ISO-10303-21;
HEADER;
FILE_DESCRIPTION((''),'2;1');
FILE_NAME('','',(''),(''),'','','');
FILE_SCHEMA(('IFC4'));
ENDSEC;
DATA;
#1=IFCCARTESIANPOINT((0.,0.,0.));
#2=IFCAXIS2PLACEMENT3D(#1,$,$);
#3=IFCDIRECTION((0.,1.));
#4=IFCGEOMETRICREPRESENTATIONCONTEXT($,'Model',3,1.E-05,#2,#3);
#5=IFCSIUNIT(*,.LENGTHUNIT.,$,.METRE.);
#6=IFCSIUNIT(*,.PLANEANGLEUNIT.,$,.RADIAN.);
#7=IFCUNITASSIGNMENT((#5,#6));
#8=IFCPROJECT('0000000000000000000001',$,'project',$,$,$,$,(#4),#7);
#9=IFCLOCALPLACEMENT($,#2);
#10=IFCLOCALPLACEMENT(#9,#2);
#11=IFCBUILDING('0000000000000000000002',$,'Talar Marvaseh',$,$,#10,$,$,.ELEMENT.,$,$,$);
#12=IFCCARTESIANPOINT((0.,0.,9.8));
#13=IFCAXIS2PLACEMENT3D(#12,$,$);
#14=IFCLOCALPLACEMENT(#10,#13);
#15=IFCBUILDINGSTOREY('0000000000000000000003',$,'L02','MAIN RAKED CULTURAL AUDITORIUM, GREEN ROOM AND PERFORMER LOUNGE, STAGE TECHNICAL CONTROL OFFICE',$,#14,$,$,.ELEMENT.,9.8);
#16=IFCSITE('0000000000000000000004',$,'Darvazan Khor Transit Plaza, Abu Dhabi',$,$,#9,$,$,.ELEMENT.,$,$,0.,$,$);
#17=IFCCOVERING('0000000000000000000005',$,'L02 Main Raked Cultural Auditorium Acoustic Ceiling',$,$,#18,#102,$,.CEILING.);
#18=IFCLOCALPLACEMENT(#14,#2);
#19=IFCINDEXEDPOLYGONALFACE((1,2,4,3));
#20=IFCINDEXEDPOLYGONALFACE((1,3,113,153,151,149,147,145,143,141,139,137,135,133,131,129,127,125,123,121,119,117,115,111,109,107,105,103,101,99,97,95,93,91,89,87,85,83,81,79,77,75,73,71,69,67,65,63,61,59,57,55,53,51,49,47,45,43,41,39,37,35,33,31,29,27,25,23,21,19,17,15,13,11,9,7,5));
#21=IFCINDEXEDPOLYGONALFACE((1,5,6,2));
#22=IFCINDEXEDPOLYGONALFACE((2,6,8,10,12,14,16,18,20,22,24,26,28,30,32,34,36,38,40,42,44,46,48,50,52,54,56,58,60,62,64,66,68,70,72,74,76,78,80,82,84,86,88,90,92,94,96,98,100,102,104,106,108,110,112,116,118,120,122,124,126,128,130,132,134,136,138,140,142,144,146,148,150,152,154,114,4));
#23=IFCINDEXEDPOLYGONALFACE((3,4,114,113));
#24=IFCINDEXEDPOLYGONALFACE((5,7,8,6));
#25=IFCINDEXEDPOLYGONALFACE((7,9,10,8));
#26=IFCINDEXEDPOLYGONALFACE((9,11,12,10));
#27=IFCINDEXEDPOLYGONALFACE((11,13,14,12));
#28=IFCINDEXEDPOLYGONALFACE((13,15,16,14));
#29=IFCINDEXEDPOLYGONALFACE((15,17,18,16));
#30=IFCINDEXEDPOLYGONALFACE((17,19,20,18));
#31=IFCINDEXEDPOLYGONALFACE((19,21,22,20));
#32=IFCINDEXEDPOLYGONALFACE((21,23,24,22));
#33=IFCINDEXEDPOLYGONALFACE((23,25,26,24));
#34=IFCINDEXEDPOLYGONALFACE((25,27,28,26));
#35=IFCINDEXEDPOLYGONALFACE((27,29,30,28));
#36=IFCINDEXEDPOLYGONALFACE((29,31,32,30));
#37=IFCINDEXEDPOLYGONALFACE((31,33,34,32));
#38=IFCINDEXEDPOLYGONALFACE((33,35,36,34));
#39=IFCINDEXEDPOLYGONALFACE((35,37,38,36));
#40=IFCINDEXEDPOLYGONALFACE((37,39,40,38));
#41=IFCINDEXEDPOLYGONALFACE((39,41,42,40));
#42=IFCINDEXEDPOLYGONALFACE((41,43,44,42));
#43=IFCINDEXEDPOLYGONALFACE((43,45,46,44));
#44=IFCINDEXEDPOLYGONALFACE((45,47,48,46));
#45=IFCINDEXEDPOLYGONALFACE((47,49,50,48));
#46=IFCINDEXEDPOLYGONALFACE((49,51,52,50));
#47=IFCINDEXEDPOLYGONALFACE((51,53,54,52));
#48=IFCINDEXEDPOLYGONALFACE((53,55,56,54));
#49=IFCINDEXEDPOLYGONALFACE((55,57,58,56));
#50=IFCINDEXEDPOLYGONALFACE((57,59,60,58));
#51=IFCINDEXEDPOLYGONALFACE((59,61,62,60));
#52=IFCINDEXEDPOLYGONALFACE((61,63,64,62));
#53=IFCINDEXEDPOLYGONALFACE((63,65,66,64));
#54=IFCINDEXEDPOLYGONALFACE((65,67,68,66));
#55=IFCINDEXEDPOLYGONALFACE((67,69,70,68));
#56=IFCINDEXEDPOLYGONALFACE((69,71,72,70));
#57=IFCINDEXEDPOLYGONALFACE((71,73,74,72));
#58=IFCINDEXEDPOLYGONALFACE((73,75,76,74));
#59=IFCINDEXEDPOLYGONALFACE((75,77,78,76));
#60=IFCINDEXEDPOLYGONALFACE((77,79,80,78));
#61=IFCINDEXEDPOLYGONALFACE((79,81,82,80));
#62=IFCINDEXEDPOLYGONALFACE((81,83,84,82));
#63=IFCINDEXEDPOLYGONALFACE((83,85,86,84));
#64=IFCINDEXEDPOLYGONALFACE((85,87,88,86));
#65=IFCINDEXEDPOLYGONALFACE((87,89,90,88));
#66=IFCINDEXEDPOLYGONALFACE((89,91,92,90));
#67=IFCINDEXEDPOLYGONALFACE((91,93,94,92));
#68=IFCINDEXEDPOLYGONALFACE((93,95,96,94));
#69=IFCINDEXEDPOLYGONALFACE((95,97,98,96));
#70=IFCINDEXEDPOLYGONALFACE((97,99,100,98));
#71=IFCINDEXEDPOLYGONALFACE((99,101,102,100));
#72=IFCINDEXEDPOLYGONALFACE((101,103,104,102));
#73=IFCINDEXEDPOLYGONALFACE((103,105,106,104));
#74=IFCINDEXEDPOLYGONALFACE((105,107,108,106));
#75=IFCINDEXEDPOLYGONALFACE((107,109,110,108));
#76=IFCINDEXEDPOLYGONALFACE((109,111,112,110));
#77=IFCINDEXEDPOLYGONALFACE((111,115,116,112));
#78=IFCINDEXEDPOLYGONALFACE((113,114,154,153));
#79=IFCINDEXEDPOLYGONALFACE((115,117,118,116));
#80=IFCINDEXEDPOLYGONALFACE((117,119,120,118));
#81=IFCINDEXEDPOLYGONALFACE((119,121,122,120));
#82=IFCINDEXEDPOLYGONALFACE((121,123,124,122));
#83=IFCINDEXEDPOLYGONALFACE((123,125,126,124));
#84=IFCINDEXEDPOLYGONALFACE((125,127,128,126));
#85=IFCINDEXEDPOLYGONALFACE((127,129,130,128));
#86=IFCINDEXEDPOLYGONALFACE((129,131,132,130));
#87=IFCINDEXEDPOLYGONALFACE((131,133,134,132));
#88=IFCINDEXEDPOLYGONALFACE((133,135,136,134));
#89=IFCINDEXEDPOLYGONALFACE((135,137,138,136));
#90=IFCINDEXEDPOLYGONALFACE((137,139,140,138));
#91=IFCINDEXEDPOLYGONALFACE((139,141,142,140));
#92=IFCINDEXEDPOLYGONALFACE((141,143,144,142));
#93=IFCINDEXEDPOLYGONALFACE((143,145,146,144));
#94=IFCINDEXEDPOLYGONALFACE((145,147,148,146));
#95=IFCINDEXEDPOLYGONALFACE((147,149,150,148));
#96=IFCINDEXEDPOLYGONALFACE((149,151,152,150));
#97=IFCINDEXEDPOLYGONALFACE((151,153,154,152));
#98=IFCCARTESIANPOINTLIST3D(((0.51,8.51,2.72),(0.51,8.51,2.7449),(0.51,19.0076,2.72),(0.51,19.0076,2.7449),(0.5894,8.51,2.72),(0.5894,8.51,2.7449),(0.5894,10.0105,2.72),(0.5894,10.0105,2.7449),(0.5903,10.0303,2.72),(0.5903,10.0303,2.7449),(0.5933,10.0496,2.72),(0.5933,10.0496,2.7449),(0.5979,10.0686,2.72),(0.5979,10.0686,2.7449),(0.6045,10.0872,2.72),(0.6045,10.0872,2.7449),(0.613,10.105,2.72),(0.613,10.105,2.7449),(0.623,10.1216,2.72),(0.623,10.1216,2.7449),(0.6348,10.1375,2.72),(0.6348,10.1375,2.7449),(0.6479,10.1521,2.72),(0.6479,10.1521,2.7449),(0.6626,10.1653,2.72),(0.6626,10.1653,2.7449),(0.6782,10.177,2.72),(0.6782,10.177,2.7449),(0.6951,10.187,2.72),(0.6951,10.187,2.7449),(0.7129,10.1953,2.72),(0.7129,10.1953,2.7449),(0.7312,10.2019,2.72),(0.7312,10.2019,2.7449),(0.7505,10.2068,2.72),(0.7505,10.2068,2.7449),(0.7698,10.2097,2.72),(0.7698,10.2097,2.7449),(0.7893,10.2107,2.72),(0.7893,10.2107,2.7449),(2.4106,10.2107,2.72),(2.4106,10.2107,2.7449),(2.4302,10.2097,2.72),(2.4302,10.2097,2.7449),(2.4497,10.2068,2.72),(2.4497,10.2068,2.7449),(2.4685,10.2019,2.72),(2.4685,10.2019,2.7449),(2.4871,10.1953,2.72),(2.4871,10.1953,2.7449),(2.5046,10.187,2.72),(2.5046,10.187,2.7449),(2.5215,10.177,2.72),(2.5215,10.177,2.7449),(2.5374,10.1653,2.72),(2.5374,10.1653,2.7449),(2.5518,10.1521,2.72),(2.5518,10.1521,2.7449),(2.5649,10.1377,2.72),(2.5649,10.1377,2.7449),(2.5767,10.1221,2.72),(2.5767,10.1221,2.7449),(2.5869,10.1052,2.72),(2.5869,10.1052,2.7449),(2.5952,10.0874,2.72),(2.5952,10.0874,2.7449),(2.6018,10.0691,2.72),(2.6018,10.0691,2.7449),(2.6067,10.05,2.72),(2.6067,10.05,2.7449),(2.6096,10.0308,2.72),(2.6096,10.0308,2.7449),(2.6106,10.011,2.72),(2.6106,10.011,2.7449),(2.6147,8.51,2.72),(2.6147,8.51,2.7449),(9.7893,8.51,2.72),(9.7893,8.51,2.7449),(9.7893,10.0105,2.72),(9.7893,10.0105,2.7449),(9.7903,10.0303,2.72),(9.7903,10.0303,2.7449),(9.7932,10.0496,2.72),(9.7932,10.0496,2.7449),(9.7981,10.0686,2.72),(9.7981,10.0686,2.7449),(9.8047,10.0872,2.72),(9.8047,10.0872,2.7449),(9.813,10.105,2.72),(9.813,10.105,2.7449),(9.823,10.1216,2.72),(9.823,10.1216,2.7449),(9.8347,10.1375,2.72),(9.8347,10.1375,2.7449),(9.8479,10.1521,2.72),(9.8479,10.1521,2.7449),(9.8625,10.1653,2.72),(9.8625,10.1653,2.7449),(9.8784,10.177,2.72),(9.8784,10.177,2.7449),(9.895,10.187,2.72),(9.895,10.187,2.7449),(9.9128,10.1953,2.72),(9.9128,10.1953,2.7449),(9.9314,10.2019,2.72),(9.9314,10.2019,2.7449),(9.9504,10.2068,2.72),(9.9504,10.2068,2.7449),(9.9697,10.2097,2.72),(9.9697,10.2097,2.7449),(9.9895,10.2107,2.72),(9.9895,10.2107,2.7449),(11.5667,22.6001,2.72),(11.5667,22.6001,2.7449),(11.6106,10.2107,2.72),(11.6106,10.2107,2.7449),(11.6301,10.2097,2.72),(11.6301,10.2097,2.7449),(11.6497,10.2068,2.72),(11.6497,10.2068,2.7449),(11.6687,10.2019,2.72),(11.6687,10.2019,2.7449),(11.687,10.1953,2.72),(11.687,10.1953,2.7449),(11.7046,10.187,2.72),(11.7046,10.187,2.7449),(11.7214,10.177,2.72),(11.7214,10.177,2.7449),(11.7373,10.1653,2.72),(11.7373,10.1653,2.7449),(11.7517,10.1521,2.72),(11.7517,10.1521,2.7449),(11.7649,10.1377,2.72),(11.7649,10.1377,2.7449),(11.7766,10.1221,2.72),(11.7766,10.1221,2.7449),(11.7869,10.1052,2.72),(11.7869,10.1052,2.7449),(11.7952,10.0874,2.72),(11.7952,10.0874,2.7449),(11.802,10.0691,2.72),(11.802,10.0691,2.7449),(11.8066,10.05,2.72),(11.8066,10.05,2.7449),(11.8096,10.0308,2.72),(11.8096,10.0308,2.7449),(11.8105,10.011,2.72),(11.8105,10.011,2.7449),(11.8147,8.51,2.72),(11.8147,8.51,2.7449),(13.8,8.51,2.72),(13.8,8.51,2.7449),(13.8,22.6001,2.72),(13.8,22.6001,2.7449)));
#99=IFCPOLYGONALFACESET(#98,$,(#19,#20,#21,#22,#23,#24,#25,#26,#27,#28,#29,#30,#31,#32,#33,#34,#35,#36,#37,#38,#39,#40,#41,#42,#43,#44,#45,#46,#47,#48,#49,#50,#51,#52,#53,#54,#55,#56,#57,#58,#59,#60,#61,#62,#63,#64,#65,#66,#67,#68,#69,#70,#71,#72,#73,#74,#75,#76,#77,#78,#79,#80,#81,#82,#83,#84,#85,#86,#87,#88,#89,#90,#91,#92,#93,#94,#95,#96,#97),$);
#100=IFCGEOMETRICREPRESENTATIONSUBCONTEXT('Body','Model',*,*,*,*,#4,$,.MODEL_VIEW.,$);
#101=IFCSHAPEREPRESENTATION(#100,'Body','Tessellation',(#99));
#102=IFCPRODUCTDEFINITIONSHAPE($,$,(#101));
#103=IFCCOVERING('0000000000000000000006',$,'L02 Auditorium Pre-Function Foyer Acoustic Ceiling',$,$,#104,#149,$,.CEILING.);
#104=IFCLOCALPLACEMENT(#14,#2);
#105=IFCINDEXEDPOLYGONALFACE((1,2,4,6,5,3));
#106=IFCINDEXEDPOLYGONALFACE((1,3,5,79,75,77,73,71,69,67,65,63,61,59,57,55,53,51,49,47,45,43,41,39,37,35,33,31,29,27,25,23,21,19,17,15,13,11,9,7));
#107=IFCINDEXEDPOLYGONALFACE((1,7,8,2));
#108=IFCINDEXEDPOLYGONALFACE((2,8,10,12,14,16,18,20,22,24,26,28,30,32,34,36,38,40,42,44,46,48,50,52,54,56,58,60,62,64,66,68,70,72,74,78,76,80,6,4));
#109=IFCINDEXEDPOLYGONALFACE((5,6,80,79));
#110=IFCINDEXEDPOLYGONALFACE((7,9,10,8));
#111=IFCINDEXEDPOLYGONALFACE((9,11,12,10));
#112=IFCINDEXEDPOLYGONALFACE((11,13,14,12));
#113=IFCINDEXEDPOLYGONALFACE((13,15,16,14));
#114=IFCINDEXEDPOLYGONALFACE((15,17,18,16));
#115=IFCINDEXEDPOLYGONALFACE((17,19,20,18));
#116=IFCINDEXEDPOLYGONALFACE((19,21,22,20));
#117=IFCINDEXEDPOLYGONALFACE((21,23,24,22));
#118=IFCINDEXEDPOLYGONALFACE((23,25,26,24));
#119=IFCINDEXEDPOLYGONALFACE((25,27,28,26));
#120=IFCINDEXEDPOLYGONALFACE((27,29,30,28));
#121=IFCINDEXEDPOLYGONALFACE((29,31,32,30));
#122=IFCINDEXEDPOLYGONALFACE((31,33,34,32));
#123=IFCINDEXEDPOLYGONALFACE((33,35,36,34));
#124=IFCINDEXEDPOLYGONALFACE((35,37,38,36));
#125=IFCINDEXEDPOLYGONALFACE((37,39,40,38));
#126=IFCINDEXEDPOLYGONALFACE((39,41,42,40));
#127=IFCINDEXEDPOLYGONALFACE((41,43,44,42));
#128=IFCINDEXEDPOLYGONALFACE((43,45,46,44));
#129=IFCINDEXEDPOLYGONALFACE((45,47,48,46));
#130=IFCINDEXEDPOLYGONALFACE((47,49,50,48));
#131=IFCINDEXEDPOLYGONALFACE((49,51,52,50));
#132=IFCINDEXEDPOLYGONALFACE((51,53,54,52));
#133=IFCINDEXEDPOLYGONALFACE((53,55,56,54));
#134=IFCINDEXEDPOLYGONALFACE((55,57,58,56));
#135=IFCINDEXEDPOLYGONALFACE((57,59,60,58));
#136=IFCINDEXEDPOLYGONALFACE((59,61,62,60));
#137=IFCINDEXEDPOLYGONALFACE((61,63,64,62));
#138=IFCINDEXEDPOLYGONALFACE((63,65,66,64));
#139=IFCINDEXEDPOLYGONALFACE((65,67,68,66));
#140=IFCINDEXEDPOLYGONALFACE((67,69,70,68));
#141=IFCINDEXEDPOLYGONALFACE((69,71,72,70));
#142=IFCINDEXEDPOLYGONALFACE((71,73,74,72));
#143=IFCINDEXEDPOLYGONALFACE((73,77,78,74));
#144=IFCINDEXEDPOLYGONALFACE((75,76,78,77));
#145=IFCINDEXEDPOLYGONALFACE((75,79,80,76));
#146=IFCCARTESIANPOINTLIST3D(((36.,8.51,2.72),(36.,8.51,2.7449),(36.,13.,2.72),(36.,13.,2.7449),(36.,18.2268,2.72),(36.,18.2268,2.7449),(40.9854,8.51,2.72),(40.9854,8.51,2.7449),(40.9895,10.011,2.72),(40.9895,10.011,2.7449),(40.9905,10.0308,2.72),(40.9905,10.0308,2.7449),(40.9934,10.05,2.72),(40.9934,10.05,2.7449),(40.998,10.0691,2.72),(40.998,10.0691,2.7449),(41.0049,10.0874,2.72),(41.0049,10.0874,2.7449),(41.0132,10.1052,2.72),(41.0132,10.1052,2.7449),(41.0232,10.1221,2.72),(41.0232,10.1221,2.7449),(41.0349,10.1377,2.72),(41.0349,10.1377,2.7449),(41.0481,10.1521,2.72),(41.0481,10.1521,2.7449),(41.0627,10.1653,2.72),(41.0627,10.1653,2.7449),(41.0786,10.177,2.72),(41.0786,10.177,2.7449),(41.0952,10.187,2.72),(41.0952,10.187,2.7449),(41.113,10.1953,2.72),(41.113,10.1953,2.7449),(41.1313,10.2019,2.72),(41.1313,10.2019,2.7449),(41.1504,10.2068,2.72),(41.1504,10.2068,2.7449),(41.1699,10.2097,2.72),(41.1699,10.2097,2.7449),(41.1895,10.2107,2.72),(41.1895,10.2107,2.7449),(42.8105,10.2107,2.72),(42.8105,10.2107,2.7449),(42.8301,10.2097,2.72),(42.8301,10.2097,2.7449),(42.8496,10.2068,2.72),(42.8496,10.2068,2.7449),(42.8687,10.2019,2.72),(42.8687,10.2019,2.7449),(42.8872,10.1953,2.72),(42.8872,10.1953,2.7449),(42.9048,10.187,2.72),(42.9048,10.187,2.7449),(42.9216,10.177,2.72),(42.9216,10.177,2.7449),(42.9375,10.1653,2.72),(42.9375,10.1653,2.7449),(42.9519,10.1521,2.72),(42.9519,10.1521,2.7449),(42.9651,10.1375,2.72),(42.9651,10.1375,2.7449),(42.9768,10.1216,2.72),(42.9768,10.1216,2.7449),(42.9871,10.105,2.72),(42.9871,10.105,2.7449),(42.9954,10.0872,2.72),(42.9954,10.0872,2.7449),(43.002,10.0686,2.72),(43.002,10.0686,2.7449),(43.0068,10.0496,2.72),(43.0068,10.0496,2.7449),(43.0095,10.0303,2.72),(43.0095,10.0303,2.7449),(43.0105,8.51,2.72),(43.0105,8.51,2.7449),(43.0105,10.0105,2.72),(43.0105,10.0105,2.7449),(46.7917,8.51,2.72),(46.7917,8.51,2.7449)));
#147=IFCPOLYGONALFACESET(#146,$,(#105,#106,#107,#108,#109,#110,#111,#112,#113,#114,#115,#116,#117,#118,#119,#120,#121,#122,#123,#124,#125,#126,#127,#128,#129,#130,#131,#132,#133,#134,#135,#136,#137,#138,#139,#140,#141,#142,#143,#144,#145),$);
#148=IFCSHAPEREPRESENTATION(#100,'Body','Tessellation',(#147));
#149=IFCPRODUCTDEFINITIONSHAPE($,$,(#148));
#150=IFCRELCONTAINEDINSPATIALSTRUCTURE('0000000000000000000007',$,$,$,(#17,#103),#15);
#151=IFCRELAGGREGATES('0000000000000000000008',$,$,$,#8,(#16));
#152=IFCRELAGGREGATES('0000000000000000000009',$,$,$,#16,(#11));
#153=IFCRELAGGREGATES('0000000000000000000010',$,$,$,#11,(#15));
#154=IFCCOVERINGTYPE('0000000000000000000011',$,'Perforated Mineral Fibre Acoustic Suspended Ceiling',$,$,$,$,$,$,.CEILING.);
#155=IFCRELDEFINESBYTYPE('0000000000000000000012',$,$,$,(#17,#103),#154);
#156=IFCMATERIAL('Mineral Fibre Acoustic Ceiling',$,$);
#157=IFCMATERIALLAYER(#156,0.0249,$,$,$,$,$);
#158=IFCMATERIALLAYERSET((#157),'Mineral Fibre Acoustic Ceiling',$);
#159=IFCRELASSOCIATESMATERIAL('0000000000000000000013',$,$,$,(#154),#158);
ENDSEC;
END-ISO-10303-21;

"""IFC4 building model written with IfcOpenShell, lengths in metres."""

from ifc_helpers import new_model, si_unit, direction, frame, origin, place, context, subcontext, project, spatial, polyline, outline, extrude, material, layer, layer_set, type_object, element, save


model = new_model("IFC4")

# Units and contexts
model_context = context("Model", 3, precision=1e-05, world=origin(), true_north=direction((0.0, 1.0)))
body_context = subcontext(model_context, "Body", "Model", "MODEL_VIEW")
ifc_project = project(units=[si_unit("LENGTHUNIT", "METRE"), si_unit("PLANEANGLEUNIT", "RADIAN")], contexts=[model_context])

# Site, building, storey
site_placement = place(None, origin())
site = spatial("IfcSite", under=ifc_project, at=site_placement, Name="Darvazan Khor Transit Plaza, Abu Dhabi", CompositionType="ELEMENT", RefElevation=0.0)
building_placement = place(site_placement, origin())
building = spatial("IfcBuilding", under=site, at=building_placement, Name="Talar Marvaseh", CompositionType="ELEMENT")
storey_placement = place(building_placement, frame((0.0, 0.0, 9.8)))
storey = spatial("IfcBuildingStorey", under=building, at=storey_placement, Name="L02", Description="MAIN RAKED CULTURAL AUDITORIUM, GREEN ROOM AND PERFORMER LOUNGE, STAGE TECHNICAL CONTROL OFFICE", CompositionType="ELEMENT", Elevation=9.8)

# Coverings
ifc_material_1 = material(Name="Mineral Fibre Acoustic Ceiling")
ifc_layer_1 = layer(ifc_material_1, 0.0249)
ifc_layer_set_1 = layer_set([ifc_layer_1], Name="Mineral Fibre Acoustic Ceiling")
covering_type_1 = type_object("IfcCoveringType", Name="Perforated Mineral Fibre Acoustic Suspended Ceiling", PredefinedType="CEILING", material=ifc_layer_set_1)
covering_1_placement = place(storey_placement, frame((0.0, 0.0, 2.72)))
element("IfcCovering", 1, at=covering_1_placement, inside=storey, type_object=covering_type_1, Name="L02 Main Raked Cultural Auditorium Acoustic Ceiling", PredefinedType="CEILING", context=body_context, shape_type="SweptSolid", body=[
    extrude(outline(polyline([(13.8, 22.6001), (13.8, 8.51), (11.8147, 8.51), (11.8105, 10.011), (11.8096, 10.0308), (11.8066, 10.05), (11.802, 10.0691), (11.7952, 10.0874), (11.7869, 10.1052), (11.7766, 10.1221), (11.7649, 10.1377), (11.7517, 10.1521), (11.7373, 10.1653), (11.7214, 10.177), (11.7046, 10.187), (11.687, 10.1953), (11.6687, 10.2019), (11.6497, 10.2068), (11.6301, 10.2097), (11.6106, 10.2107), (9.9895, 10.2107), (9.9697, 10.2097), (9.9504, 10.2068), (9.9314, 10.2019), (9.9128, 10.1953), (9.895, 10.187), (9.8784, 10.177), (9.8625, 10.1653), (9.8479, 10.1521), (9.8347, 10.1375), (9.823, 10.1216), (9.813, 10.105), (9.8047, 10.0872), (9.7981, 10.0686), (9.7932, 10.0496), (9.7903, 10.0303), (9.7893, 10.0105), (9.7893, 8.51), (2.6147, 8.51), (2.6106, 10.011), (2.6096, 10.0308), (2.6067, 10.05), (2.6018, 10.0691), (2.5952, 10.0874), (2.5869, 10.1052), (2.5767, 10.1221), (2.5649, 10.1377), (2.5518, 10.1521), (2.5374, 10.1653), (2.5215, 10.177), (2.5046, 10.187), (2.4871, 10.1953), (2.4685, 10.2019), (2.4497, 10.2068), (2.4302, 10.2097), (2.4106, 10.2107), (0.7893, 10.2107), (0.7698, 10.2097), (0.7505, 10.2068), (0.7312, 10.2019), (0.7129, 10.1953), (0.6951, 10.187), (0.6782, 10.177), (0.6626, 10.1653), (0.6479, 10.1521), (0.6348, 10.1375), (0.623, 10.1216), (0.613, 10.105), (0.6045, 10.0872), (0.5979, 10.0686), (0.5933, 10.0496), (0.5903, 10.0303), (0.5894, 10.0105), (0.5894, 8.51), (0.51, 8.51), (0.51, 19.0076), (11.5667, 22.6001), (13.8, 22.6001)])), origin(), (0.0, 0.0, 1.0), 0.0249),
])
covering_2_placement = place(storey_placement, frame((0.0, 0.0, 2.72)))
element("IfcCovering", 2, at=covering_2_placement, inside=storey, type_object=covering_type_1, Name="L02 Auditorium Pre-Function Foyer Acoustic Ceiling", PredefinedType="CEILING", context=body_context, shape_type="SweptSolid", body=[
    extrude(outline(polyline([(46.7917, 8.51), (43.0105, 8.51), (43.0105, 10.0105), (43.0095, 10.0303), (43.0068, 10.0496), (43.002, 10.0686), (42.9954, 10.0872), (42.9871, 10.105), (42.9768, 10.1216), (42.9651, 10.1375), (42.9519, 10.1521), (42.9375, 10.1653), (42.9216, 10.177), (42.9048, 10.187), (42.8872, 10.1953), (42.8687, 10.2019), (42.8496, 10.2068), (42.8301, 10.2097), (42.8105, 10.2107), (41.1895, 10.2107), (41.1699, 10.2097), (41.1504, 10.2068), (41.1313, 10.2019), (41.113, 10.1953), (41.0952, 10.187), (41.0786, 10.177), (41.0627, 10.1653), (41.0481, 10.1521), (41.0349, 10.1377), (41.0232, 10.1221), (41.0132, 10.1052), (41.0049, 10.0874), (40.998, 10.0691), (40.9934, 10.05), (40.9905, 10.0308), (40.9895, 10.011), (40.9854, 8.51), (36.0, 8.51), (36.0, 13.0), (36.0, 18.2268), (46.7917, 8.51)])), origin(), (0.0, 0.0, 1.0), 0.0249),
])

save(model, "model.ifc")
